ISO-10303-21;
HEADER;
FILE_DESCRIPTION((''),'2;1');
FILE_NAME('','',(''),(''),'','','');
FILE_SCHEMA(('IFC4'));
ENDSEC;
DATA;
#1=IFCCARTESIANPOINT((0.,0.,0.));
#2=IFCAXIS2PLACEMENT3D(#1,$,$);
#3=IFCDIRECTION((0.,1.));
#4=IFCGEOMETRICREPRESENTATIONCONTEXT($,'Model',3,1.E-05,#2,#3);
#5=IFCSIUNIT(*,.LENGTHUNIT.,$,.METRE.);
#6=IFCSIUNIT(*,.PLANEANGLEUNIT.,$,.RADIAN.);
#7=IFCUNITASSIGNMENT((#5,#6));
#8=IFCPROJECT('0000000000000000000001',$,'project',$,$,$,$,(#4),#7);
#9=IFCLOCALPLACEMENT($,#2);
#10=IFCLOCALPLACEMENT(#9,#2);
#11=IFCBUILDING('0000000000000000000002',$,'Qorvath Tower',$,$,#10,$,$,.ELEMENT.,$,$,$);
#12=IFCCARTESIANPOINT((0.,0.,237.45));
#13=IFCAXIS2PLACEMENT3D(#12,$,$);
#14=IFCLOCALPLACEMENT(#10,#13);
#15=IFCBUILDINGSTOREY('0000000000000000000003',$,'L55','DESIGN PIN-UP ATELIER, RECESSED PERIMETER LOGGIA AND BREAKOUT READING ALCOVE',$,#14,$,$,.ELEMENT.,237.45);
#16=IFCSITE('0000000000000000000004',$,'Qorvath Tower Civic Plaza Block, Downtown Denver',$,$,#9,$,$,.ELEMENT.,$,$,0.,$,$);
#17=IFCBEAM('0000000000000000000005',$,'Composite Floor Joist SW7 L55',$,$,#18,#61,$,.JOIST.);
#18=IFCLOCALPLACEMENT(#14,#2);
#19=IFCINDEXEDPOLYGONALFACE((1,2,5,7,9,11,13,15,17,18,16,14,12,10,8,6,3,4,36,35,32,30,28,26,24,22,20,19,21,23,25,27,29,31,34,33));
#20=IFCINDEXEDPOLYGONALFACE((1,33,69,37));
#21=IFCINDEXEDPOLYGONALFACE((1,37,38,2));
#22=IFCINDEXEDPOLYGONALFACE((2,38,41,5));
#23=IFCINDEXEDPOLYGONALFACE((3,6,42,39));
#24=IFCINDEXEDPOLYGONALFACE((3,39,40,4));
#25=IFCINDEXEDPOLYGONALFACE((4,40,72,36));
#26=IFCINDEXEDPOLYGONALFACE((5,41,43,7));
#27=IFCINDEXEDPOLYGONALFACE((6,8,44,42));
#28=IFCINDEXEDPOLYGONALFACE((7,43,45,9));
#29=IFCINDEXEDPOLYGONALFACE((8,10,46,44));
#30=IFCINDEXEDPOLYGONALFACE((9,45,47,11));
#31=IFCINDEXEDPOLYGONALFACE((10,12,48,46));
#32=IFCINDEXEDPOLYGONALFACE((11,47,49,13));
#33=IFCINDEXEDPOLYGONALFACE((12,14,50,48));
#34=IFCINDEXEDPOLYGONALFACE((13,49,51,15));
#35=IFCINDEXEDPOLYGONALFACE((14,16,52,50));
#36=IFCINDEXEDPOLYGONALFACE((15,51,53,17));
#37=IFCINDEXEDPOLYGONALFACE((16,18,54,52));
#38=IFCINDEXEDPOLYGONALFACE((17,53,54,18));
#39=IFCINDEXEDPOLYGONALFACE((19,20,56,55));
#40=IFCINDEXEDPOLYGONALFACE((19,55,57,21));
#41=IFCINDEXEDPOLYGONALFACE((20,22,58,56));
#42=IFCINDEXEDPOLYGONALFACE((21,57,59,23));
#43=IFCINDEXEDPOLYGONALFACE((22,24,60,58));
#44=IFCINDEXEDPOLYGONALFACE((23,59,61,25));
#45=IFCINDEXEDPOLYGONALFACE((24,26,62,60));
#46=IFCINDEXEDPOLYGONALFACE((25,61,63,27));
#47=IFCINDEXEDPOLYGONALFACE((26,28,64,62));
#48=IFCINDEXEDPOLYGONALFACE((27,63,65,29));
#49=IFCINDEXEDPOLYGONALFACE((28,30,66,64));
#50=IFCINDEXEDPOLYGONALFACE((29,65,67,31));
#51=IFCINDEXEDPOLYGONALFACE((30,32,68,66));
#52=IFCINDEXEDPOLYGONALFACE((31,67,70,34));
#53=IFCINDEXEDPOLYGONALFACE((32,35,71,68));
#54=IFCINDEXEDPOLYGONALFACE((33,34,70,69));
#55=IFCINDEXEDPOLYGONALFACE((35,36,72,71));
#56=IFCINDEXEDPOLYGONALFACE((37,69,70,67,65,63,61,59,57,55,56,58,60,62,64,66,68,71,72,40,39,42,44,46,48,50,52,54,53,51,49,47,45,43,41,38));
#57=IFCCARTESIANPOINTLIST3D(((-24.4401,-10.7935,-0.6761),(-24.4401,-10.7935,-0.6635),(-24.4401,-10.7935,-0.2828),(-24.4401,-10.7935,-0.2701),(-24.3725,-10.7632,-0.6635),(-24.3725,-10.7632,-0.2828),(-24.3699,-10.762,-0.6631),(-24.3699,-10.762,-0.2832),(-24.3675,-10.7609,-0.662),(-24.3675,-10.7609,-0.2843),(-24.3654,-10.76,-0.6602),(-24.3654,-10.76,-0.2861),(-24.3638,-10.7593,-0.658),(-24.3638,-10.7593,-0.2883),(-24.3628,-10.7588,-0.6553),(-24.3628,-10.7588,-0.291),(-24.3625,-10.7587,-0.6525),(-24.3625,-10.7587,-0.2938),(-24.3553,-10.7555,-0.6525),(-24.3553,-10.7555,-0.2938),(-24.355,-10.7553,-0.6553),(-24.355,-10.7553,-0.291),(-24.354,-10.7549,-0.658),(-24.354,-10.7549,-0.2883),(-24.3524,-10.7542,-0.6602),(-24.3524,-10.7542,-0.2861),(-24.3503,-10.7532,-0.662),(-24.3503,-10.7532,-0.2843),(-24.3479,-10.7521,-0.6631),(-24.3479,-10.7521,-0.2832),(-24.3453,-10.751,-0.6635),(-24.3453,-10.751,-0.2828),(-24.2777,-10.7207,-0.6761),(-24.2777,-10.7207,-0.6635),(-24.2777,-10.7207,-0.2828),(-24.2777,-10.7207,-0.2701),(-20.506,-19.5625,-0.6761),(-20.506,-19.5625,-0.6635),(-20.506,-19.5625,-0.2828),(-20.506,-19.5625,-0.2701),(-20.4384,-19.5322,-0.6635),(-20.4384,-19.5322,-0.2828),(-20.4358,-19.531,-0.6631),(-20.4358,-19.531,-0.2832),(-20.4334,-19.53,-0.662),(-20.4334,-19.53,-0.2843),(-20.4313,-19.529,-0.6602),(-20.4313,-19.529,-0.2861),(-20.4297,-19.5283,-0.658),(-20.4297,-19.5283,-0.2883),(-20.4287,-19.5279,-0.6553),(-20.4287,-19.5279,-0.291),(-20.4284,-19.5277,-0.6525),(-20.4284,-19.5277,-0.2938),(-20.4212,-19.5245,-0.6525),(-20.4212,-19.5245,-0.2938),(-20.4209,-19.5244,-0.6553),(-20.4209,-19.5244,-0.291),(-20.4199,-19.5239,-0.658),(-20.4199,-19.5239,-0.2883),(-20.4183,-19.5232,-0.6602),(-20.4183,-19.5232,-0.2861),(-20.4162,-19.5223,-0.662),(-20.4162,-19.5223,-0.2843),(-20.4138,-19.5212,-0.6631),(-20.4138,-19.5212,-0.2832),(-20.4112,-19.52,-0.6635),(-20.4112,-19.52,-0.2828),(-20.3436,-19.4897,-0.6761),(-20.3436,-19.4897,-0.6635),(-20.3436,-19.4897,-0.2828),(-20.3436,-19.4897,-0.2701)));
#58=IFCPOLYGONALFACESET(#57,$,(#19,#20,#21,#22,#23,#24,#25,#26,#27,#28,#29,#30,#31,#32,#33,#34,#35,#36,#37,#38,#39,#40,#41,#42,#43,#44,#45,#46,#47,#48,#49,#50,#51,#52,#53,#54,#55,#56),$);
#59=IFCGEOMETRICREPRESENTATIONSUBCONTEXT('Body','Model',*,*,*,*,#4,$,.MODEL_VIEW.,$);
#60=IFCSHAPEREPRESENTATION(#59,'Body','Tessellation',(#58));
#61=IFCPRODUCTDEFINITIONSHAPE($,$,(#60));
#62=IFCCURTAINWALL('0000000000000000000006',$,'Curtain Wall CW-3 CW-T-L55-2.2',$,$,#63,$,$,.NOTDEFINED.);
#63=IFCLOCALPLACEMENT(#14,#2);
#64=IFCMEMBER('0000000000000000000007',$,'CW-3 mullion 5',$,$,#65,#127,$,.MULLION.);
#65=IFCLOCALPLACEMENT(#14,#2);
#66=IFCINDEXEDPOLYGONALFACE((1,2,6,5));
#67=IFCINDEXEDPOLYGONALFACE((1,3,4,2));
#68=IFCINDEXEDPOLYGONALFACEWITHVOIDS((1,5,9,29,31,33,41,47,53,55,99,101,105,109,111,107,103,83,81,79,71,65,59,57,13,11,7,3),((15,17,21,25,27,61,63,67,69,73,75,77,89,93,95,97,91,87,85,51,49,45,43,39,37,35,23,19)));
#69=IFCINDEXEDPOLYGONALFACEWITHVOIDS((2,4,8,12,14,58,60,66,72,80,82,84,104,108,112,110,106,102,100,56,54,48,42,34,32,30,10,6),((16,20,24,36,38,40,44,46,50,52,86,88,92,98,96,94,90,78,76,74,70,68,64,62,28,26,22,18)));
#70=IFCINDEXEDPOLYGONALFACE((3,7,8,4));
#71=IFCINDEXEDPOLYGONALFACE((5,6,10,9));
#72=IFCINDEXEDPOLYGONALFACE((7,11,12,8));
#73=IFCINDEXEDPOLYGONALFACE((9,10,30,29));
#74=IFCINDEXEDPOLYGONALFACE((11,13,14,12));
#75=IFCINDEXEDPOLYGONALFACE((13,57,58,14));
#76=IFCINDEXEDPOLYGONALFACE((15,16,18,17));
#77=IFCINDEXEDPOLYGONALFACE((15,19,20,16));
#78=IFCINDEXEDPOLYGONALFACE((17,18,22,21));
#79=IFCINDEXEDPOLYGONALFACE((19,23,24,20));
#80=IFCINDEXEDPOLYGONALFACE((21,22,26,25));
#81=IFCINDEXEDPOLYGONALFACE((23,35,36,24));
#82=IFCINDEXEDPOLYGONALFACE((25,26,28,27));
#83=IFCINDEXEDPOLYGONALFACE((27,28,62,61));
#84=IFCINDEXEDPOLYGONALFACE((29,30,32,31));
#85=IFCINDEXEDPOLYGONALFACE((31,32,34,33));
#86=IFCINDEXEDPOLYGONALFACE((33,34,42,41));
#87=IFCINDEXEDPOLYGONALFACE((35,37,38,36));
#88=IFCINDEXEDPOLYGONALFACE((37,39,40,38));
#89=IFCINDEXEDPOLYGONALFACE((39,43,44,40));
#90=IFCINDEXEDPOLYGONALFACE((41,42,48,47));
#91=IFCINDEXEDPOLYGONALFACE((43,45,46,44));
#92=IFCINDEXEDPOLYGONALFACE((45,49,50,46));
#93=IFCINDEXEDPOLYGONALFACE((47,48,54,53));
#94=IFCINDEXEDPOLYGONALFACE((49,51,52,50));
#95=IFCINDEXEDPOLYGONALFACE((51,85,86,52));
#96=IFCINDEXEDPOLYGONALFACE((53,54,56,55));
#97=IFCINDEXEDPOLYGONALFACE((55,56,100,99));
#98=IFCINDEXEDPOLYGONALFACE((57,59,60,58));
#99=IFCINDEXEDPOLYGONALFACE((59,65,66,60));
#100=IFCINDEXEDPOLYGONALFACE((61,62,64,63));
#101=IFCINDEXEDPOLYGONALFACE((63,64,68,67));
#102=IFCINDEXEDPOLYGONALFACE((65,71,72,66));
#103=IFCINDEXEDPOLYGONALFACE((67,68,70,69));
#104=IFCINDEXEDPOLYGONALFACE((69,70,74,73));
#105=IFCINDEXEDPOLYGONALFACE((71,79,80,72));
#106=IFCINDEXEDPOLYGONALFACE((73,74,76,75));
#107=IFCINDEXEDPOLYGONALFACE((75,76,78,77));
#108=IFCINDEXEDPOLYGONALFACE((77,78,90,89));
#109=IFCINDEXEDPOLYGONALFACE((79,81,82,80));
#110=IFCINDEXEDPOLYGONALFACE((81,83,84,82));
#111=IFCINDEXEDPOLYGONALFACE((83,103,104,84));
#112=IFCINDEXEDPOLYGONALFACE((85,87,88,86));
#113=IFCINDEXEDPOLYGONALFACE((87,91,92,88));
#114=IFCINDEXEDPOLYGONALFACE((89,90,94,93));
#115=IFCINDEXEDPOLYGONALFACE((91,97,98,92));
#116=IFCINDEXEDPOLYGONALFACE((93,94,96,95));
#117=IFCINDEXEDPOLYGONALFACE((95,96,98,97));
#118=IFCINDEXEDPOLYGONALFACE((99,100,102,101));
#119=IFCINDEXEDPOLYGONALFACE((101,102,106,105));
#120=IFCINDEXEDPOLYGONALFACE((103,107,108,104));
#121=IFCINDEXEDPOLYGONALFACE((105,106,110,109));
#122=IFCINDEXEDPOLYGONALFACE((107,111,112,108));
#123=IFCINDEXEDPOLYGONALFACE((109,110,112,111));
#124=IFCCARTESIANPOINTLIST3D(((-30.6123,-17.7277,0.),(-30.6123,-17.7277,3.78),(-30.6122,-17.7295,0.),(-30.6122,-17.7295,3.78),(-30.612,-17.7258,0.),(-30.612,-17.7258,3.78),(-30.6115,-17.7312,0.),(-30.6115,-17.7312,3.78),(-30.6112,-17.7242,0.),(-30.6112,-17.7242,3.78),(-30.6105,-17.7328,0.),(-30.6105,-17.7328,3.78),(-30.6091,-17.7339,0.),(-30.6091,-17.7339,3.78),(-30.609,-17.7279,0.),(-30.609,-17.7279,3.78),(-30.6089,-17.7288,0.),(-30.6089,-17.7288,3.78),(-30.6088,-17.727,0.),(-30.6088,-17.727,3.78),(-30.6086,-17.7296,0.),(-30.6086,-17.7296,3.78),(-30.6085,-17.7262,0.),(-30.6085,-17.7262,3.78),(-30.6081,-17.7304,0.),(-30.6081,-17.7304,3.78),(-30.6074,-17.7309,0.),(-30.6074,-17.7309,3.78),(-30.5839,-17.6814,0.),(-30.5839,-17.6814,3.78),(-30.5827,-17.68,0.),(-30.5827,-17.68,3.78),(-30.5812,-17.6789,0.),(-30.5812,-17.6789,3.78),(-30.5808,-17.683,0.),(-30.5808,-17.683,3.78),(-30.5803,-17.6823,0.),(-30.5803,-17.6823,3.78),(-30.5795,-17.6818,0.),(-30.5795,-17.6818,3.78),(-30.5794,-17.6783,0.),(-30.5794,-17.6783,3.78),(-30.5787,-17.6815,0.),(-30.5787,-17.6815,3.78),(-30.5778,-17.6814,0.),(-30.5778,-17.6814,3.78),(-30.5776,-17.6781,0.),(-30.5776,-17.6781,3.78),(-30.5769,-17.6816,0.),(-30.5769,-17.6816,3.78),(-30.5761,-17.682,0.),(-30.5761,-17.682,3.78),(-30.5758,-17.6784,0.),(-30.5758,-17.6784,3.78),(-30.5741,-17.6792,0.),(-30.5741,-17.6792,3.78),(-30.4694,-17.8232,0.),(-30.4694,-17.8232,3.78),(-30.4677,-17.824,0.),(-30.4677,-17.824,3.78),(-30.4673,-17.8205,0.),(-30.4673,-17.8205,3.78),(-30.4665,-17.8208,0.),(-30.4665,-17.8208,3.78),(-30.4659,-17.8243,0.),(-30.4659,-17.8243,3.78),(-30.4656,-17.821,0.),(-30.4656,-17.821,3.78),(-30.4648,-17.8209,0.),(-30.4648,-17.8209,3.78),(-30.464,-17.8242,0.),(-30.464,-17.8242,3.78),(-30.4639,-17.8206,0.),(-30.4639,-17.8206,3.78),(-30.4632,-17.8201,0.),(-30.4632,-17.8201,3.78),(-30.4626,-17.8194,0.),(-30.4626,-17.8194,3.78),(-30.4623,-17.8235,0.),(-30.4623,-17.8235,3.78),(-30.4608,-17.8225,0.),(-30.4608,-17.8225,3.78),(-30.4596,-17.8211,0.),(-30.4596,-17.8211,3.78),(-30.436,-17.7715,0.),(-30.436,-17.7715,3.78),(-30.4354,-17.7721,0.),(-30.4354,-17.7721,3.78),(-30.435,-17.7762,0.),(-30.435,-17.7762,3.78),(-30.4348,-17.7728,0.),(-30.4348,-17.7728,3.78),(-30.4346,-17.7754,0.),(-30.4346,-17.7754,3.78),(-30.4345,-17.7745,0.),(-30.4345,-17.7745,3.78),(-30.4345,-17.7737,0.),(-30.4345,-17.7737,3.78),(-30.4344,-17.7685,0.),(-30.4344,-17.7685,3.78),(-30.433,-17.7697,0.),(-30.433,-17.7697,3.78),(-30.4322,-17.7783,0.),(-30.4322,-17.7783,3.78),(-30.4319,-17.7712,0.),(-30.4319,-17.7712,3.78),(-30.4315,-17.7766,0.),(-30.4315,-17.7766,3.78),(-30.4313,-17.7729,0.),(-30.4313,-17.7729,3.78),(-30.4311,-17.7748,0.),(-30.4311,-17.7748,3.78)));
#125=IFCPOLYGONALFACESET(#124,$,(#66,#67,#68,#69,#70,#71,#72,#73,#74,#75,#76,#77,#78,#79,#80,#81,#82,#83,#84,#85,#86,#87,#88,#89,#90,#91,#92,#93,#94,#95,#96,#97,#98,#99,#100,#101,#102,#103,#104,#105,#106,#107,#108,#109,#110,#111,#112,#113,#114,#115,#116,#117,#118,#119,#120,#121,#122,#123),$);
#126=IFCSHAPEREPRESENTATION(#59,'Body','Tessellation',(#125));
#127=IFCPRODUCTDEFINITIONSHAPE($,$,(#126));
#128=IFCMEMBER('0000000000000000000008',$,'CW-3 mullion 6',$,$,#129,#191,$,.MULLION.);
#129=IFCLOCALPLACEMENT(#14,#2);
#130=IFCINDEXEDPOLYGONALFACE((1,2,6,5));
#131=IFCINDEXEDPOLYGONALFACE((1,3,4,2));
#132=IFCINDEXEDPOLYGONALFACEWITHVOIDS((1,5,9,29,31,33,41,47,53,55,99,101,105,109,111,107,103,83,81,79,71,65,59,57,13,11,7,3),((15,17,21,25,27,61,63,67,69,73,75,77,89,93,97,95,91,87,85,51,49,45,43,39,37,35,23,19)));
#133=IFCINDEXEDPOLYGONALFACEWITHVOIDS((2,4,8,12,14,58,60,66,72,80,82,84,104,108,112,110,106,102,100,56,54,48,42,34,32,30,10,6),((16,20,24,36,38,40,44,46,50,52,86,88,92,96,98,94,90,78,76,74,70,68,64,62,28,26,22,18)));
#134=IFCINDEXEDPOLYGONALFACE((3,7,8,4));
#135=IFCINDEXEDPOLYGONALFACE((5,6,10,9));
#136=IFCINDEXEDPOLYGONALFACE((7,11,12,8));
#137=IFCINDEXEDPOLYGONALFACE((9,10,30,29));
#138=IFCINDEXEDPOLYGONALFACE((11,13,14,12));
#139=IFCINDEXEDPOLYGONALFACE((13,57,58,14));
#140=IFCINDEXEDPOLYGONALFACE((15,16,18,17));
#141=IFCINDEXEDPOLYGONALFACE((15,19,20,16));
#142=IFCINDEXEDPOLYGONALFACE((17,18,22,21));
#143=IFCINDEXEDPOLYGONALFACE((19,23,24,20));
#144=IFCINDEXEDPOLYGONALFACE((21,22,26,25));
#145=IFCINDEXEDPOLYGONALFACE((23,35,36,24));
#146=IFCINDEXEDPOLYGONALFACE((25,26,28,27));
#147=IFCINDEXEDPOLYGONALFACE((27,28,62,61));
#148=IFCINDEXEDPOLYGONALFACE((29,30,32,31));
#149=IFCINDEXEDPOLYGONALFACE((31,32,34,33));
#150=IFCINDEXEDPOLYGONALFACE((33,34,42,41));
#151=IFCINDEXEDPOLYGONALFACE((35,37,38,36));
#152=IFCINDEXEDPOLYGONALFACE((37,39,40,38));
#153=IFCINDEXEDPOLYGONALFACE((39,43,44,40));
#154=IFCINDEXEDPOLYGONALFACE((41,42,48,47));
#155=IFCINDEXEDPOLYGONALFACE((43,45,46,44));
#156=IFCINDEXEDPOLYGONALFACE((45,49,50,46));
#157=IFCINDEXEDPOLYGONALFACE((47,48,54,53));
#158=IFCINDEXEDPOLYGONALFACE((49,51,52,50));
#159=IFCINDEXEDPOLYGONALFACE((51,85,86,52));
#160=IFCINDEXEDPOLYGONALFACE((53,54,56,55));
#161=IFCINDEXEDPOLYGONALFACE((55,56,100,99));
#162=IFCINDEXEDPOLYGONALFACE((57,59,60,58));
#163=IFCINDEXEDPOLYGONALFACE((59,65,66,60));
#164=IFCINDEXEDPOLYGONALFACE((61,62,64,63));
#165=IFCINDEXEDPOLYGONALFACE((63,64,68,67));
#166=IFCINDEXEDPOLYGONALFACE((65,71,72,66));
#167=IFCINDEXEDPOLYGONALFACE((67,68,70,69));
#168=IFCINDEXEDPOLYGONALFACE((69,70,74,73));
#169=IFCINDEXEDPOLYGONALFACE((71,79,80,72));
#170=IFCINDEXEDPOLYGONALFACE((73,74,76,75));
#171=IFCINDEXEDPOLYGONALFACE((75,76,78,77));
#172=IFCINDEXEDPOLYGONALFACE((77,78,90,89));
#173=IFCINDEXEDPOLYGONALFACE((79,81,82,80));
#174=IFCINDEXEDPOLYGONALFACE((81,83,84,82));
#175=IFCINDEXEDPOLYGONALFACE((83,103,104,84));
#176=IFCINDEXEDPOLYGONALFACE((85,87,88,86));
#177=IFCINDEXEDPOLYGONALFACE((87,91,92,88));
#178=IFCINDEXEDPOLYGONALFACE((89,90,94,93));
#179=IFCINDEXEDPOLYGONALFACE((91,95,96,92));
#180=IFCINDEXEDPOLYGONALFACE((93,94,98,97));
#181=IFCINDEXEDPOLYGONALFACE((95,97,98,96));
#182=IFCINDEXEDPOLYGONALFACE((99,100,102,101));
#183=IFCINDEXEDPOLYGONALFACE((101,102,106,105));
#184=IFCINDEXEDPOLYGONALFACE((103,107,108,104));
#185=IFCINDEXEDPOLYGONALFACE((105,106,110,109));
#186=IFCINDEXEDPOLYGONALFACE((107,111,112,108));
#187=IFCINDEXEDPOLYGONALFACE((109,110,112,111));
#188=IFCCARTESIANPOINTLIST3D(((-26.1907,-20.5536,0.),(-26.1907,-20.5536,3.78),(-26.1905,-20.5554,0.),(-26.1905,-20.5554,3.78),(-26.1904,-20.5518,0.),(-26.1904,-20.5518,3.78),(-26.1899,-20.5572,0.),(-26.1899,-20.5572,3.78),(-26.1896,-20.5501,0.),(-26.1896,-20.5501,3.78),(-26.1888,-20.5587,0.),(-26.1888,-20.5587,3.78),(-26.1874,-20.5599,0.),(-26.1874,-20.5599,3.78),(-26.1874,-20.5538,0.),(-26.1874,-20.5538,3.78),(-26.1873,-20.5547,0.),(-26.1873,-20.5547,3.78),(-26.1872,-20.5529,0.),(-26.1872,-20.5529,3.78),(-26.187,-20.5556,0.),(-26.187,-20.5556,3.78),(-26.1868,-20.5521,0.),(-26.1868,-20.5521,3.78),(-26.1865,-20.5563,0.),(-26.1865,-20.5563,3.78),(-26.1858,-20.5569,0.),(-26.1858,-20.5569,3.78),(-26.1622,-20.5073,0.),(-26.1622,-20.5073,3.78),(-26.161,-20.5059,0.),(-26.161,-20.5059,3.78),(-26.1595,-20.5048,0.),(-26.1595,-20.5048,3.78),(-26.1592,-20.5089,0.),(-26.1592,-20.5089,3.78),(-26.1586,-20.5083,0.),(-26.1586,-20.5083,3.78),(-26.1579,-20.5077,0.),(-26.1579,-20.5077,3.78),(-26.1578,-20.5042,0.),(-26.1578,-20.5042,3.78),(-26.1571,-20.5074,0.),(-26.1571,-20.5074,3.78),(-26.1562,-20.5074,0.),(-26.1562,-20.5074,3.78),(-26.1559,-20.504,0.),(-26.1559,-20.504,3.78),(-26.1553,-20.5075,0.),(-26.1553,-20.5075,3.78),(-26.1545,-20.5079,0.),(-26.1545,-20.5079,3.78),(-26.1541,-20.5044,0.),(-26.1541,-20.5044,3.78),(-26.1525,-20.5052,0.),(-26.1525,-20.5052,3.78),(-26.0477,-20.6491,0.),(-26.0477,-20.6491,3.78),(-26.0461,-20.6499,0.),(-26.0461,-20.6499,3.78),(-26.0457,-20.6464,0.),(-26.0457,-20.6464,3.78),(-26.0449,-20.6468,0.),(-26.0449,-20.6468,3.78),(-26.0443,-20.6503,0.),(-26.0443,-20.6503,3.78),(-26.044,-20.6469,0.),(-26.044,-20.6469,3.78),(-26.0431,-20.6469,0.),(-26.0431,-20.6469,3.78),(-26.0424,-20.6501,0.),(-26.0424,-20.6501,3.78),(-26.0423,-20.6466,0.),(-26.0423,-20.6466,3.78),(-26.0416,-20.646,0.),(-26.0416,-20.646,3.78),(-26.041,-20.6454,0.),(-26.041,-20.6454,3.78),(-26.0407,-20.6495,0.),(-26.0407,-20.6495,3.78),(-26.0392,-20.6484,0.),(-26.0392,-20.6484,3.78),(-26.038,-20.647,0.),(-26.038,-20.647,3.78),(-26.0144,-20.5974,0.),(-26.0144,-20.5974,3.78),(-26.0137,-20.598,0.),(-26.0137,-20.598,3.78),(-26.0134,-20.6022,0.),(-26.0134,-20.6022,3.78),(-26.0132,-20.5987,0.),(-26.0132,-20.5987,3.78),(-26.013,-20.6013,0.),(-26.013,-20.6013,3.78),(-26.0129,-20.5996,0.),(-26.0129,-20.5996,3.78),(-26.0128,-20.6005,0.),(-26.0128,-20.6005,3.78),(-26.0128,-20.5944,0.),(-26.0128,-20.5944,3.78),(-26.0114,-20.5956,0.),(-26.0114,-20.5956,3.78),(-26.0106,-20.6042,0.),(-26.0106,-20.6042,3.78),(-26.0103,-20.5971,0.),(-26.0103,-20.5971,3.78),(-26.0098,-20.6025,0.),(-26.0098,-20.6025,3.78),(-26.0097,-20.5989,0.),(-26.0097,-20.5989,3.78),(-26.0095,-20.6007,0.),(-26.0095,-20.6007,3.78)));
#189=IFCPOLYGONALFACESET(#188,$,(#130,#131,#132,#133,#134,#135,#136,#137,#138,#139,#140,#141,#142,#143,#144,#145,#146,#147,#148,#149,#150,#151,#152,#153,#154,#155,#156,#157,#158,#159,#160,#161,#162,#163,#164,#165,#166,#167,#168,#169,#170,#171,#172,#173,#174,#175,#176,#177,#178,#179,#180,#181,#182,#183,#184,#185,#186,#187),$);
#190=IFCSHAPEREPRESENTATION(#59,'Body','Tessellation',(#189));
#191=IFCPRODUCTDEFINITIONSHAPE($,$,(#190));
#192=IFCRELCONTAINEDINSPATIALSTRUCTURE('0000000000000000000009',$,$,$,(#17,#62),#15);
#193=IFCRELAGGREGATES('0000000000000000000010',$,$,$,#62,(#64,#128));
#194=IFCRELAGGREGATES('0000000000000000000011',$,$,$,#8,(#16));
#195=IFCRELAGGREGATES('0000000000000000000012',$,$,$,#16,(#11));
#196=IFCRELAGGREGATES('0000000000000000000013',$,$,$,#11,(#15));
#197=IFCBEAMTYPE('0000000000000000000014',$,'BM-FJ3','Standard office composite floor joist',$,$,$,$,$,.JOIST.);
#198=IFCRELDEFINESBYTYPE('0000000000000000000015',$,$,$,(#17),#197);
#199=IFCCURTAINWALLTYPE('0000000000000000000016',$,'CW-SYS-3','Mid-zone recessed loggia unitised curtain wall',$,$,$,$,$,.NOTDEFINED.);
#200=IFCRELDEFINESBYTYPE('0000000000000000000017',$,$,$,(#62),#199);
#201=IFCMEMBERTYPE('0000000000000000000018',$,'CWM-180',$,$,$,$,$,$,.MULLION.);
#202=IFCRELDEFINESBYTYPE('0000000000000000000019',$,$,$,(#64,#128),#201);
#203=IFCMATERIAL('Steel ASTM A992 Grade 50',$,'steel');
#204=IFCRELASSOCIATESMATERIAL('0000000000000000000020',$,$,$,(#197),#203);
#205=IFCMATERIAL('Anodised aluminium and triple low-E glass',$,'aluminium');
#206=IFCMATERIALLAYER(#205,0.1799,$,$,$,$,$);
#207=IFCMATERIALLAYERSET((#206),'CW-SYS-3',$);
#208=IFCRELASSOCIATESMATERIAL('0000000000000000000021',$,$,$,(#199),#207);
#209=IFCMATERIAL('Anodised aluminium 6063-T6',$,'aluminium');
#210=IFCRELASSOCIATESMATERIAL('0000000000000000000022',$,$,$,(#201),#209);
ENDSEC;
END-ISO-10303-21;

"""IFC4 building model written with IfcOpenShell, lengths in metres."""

from ifc_helpers import new_model, si_unit, direction, frame, origin, origin_2d, place, context, subcontext, project, spatial, hollow_rectangle, i_section, extrude, material, layer, layer_set, material_profile, profile_set, type_object, element, aggregate, save


model = new_model("IFC4")

# Units and contexts
model_context = context("Model", 3, precision=1e-05, world=origin(), true_north=direction((0.0, 1.0)))
body_context = subcontext(model_context, "Body", "Model", "MODEL_VIEW")
ifc_project = project(units=[si_unit("LENGTHUNIT", "METRE"), si_unit("PLANEANGLEUNIT", "RADIAN")], contexts=[model_context])

# Site, building, storey
site_placement = place(None, origin())
site = spatial("IfcSite", under=ifc_project, at=site_placement, Name="Qorvath Tower Civic Plaza Block, Downtown Denver", CompositionType="ELEMENT", RefElevation=0.0)
building_placement = place(site_placement, origin())
building = spatial("IfcBuilding", under=site, at=building_placement, Name="Qorvath Tower", CompositionType="ELEMENT")
storey_placement = place(building_placement, frame((0.0, 0.0, 237.45)))
storey = spatial("IfcBuildingStorey", under=building, at=storey_placement, Name="L55", Description="DESIGN PIN-UP ATELIER, RECESSED PERIMETER LOGGIA AND BREAKOUT READING ALCOVE", CompositionType="ELEMENT", Elevation=237.45)

# Beam
ifc_material_1 = material(Name="Steel ASTM A992 Grade 50", Category="steel")
ifc_material_profile_1 = material_profile(ifc_material_1, i_section(OverallWidth=0.178, OverallDepth=0.406, WebThickness=0.0078, FlangeThickness=0.0127, FilletRadius=0.011, at=origin_2d()), Name="W16x40")
ifc_profile_set_1 = profile_set([ifc_material_profile_1], Name="Steel ASTM A992 Grade 50")
beam_type_1 = type_object("IfcBeamType", Name="BM-FJ3", Description="Standard office composite floor joist", PredefinedType="JOIST", material=ifc_profile_set_1)
beam_1_placement = place(storey_placement, frame((-24.3589, -10.7571, -0.4731), z_axis=(0.409327, -0.912388, 0.0), x_axis=(0.912388, 0.409327, 0.0)))
element("IfcBeam", 1, at=beam_1_placement, inside=storey, type_object=beam_type_1, Name="Composite Floor Joist SW7 L55", PredefinedType="JOIST", context=body_context, shape_type="SweptSolid", body=[
    extrude(i_section(OverallWidth=0.178, OverallDepth=0.406, WebThickness=0.0078, FlangeThickness=0.0127, FilletRadius=0.011, at=origin_2d()), origin(), (0.0, 0.0, 1.0), 9.6111),
])

# Curtain wall, members
ifc_material_2 = material(Name="Anodised aluminium and triple low-E glass", Category="aluminium")
ifc_layer_1 = layer(ifc_material_2, 0.1799)
ifc_layer_set_1 = layer_set([ifc_layer_1], Name="CW-SYS-3")
curtain_wall_type = type_object("IfcCurtainWallType", Name="CW-SYS-3", Description="Mid-zone recessed loggia unitised curtain wall", PredefinedType="NOTDEFINED", material=ifc_layer_set_1)
curtain_wall_placement = place(storey_placement, origin())
curtain_wall = element("IfcCurtainWall", 2, at=curtain_wall_placement, inside=storey, type_object=curtain_wall_type, Name="Curtain Wall CW-3 CW-T-L55-2.2", PredefinedType="NOTDEFINED")
ifc_material_3 = material(Name="Anodised aluminium 6063-T6", Category="aluminium")
ifc_material_profile_2 = material_profile(ifc_material_3, hollow_rectangle(XDim=0.0649, YDim=0.1799, WallThickness=0.0034, InnerFilletRadius=0.0034, OuterFilletRadius=0.0071, at=origin_2d()), Name="CWM 180x65")
ifc_profile_set_2 = profile_set([ifc_material_profile_2], Name="Anodised aluminium 6063-T6")
member_type_1 = type_object("IfcMemberType", Name="CWM-180", PredefinedType="MULLION", material=ifc_profile_set_2)
member_1_placement = place(storey_placement, frame((-30.5217, -17.7512, 0.0), z_axis=(0.0, 0.0, 1.0), x_axis=(0.538529, 0.842607, 0.0)))
member_1 = element("IfcMember", 3, at=member_1_placement, type_object=member_type_1, Name="CW-3 mullion 5", PredefinedType="MULLION", context=body_context, shape_type="SweptSolid", body=[
    extrude(hollow_rectangle(XDim=0.0649, YDim=0.1799, WallThickness=0.0034, InnerFilletRadius=0.0034, OuterFilletRadius=0.0071, at=origin_2d()), origin(), (0.0, 0.0, 1.0), 3.78),
])
member_2_placement = place(storey_placement, frame((-26.1001, -20.5771, 0.0), z_axis=(0.0, 0.0, 1.0), x_axis=(0.538529, 0.842607, 0.0)))
member_2 = element("IfcMember", 4, at=member_2_placement, type_object=member_type_1, Name="CW-3 mullion 6", PredefinedType="MULLION", context=body_context, shape_type="SweptSolid", body=[
    extrude(hollow_rectangle(XDim=0.0649, YDim=0.1799, WallThickness=0.0034, InnerFilletRadius=0.0034, OuterFilletRadius=0.0071, at=origin_2d()), origin(), (0.0, 0.0, 1.0), 3.78),
])
aggregate(curtain_wall, [member_1, member_2])

save(model, "model.ifc")
